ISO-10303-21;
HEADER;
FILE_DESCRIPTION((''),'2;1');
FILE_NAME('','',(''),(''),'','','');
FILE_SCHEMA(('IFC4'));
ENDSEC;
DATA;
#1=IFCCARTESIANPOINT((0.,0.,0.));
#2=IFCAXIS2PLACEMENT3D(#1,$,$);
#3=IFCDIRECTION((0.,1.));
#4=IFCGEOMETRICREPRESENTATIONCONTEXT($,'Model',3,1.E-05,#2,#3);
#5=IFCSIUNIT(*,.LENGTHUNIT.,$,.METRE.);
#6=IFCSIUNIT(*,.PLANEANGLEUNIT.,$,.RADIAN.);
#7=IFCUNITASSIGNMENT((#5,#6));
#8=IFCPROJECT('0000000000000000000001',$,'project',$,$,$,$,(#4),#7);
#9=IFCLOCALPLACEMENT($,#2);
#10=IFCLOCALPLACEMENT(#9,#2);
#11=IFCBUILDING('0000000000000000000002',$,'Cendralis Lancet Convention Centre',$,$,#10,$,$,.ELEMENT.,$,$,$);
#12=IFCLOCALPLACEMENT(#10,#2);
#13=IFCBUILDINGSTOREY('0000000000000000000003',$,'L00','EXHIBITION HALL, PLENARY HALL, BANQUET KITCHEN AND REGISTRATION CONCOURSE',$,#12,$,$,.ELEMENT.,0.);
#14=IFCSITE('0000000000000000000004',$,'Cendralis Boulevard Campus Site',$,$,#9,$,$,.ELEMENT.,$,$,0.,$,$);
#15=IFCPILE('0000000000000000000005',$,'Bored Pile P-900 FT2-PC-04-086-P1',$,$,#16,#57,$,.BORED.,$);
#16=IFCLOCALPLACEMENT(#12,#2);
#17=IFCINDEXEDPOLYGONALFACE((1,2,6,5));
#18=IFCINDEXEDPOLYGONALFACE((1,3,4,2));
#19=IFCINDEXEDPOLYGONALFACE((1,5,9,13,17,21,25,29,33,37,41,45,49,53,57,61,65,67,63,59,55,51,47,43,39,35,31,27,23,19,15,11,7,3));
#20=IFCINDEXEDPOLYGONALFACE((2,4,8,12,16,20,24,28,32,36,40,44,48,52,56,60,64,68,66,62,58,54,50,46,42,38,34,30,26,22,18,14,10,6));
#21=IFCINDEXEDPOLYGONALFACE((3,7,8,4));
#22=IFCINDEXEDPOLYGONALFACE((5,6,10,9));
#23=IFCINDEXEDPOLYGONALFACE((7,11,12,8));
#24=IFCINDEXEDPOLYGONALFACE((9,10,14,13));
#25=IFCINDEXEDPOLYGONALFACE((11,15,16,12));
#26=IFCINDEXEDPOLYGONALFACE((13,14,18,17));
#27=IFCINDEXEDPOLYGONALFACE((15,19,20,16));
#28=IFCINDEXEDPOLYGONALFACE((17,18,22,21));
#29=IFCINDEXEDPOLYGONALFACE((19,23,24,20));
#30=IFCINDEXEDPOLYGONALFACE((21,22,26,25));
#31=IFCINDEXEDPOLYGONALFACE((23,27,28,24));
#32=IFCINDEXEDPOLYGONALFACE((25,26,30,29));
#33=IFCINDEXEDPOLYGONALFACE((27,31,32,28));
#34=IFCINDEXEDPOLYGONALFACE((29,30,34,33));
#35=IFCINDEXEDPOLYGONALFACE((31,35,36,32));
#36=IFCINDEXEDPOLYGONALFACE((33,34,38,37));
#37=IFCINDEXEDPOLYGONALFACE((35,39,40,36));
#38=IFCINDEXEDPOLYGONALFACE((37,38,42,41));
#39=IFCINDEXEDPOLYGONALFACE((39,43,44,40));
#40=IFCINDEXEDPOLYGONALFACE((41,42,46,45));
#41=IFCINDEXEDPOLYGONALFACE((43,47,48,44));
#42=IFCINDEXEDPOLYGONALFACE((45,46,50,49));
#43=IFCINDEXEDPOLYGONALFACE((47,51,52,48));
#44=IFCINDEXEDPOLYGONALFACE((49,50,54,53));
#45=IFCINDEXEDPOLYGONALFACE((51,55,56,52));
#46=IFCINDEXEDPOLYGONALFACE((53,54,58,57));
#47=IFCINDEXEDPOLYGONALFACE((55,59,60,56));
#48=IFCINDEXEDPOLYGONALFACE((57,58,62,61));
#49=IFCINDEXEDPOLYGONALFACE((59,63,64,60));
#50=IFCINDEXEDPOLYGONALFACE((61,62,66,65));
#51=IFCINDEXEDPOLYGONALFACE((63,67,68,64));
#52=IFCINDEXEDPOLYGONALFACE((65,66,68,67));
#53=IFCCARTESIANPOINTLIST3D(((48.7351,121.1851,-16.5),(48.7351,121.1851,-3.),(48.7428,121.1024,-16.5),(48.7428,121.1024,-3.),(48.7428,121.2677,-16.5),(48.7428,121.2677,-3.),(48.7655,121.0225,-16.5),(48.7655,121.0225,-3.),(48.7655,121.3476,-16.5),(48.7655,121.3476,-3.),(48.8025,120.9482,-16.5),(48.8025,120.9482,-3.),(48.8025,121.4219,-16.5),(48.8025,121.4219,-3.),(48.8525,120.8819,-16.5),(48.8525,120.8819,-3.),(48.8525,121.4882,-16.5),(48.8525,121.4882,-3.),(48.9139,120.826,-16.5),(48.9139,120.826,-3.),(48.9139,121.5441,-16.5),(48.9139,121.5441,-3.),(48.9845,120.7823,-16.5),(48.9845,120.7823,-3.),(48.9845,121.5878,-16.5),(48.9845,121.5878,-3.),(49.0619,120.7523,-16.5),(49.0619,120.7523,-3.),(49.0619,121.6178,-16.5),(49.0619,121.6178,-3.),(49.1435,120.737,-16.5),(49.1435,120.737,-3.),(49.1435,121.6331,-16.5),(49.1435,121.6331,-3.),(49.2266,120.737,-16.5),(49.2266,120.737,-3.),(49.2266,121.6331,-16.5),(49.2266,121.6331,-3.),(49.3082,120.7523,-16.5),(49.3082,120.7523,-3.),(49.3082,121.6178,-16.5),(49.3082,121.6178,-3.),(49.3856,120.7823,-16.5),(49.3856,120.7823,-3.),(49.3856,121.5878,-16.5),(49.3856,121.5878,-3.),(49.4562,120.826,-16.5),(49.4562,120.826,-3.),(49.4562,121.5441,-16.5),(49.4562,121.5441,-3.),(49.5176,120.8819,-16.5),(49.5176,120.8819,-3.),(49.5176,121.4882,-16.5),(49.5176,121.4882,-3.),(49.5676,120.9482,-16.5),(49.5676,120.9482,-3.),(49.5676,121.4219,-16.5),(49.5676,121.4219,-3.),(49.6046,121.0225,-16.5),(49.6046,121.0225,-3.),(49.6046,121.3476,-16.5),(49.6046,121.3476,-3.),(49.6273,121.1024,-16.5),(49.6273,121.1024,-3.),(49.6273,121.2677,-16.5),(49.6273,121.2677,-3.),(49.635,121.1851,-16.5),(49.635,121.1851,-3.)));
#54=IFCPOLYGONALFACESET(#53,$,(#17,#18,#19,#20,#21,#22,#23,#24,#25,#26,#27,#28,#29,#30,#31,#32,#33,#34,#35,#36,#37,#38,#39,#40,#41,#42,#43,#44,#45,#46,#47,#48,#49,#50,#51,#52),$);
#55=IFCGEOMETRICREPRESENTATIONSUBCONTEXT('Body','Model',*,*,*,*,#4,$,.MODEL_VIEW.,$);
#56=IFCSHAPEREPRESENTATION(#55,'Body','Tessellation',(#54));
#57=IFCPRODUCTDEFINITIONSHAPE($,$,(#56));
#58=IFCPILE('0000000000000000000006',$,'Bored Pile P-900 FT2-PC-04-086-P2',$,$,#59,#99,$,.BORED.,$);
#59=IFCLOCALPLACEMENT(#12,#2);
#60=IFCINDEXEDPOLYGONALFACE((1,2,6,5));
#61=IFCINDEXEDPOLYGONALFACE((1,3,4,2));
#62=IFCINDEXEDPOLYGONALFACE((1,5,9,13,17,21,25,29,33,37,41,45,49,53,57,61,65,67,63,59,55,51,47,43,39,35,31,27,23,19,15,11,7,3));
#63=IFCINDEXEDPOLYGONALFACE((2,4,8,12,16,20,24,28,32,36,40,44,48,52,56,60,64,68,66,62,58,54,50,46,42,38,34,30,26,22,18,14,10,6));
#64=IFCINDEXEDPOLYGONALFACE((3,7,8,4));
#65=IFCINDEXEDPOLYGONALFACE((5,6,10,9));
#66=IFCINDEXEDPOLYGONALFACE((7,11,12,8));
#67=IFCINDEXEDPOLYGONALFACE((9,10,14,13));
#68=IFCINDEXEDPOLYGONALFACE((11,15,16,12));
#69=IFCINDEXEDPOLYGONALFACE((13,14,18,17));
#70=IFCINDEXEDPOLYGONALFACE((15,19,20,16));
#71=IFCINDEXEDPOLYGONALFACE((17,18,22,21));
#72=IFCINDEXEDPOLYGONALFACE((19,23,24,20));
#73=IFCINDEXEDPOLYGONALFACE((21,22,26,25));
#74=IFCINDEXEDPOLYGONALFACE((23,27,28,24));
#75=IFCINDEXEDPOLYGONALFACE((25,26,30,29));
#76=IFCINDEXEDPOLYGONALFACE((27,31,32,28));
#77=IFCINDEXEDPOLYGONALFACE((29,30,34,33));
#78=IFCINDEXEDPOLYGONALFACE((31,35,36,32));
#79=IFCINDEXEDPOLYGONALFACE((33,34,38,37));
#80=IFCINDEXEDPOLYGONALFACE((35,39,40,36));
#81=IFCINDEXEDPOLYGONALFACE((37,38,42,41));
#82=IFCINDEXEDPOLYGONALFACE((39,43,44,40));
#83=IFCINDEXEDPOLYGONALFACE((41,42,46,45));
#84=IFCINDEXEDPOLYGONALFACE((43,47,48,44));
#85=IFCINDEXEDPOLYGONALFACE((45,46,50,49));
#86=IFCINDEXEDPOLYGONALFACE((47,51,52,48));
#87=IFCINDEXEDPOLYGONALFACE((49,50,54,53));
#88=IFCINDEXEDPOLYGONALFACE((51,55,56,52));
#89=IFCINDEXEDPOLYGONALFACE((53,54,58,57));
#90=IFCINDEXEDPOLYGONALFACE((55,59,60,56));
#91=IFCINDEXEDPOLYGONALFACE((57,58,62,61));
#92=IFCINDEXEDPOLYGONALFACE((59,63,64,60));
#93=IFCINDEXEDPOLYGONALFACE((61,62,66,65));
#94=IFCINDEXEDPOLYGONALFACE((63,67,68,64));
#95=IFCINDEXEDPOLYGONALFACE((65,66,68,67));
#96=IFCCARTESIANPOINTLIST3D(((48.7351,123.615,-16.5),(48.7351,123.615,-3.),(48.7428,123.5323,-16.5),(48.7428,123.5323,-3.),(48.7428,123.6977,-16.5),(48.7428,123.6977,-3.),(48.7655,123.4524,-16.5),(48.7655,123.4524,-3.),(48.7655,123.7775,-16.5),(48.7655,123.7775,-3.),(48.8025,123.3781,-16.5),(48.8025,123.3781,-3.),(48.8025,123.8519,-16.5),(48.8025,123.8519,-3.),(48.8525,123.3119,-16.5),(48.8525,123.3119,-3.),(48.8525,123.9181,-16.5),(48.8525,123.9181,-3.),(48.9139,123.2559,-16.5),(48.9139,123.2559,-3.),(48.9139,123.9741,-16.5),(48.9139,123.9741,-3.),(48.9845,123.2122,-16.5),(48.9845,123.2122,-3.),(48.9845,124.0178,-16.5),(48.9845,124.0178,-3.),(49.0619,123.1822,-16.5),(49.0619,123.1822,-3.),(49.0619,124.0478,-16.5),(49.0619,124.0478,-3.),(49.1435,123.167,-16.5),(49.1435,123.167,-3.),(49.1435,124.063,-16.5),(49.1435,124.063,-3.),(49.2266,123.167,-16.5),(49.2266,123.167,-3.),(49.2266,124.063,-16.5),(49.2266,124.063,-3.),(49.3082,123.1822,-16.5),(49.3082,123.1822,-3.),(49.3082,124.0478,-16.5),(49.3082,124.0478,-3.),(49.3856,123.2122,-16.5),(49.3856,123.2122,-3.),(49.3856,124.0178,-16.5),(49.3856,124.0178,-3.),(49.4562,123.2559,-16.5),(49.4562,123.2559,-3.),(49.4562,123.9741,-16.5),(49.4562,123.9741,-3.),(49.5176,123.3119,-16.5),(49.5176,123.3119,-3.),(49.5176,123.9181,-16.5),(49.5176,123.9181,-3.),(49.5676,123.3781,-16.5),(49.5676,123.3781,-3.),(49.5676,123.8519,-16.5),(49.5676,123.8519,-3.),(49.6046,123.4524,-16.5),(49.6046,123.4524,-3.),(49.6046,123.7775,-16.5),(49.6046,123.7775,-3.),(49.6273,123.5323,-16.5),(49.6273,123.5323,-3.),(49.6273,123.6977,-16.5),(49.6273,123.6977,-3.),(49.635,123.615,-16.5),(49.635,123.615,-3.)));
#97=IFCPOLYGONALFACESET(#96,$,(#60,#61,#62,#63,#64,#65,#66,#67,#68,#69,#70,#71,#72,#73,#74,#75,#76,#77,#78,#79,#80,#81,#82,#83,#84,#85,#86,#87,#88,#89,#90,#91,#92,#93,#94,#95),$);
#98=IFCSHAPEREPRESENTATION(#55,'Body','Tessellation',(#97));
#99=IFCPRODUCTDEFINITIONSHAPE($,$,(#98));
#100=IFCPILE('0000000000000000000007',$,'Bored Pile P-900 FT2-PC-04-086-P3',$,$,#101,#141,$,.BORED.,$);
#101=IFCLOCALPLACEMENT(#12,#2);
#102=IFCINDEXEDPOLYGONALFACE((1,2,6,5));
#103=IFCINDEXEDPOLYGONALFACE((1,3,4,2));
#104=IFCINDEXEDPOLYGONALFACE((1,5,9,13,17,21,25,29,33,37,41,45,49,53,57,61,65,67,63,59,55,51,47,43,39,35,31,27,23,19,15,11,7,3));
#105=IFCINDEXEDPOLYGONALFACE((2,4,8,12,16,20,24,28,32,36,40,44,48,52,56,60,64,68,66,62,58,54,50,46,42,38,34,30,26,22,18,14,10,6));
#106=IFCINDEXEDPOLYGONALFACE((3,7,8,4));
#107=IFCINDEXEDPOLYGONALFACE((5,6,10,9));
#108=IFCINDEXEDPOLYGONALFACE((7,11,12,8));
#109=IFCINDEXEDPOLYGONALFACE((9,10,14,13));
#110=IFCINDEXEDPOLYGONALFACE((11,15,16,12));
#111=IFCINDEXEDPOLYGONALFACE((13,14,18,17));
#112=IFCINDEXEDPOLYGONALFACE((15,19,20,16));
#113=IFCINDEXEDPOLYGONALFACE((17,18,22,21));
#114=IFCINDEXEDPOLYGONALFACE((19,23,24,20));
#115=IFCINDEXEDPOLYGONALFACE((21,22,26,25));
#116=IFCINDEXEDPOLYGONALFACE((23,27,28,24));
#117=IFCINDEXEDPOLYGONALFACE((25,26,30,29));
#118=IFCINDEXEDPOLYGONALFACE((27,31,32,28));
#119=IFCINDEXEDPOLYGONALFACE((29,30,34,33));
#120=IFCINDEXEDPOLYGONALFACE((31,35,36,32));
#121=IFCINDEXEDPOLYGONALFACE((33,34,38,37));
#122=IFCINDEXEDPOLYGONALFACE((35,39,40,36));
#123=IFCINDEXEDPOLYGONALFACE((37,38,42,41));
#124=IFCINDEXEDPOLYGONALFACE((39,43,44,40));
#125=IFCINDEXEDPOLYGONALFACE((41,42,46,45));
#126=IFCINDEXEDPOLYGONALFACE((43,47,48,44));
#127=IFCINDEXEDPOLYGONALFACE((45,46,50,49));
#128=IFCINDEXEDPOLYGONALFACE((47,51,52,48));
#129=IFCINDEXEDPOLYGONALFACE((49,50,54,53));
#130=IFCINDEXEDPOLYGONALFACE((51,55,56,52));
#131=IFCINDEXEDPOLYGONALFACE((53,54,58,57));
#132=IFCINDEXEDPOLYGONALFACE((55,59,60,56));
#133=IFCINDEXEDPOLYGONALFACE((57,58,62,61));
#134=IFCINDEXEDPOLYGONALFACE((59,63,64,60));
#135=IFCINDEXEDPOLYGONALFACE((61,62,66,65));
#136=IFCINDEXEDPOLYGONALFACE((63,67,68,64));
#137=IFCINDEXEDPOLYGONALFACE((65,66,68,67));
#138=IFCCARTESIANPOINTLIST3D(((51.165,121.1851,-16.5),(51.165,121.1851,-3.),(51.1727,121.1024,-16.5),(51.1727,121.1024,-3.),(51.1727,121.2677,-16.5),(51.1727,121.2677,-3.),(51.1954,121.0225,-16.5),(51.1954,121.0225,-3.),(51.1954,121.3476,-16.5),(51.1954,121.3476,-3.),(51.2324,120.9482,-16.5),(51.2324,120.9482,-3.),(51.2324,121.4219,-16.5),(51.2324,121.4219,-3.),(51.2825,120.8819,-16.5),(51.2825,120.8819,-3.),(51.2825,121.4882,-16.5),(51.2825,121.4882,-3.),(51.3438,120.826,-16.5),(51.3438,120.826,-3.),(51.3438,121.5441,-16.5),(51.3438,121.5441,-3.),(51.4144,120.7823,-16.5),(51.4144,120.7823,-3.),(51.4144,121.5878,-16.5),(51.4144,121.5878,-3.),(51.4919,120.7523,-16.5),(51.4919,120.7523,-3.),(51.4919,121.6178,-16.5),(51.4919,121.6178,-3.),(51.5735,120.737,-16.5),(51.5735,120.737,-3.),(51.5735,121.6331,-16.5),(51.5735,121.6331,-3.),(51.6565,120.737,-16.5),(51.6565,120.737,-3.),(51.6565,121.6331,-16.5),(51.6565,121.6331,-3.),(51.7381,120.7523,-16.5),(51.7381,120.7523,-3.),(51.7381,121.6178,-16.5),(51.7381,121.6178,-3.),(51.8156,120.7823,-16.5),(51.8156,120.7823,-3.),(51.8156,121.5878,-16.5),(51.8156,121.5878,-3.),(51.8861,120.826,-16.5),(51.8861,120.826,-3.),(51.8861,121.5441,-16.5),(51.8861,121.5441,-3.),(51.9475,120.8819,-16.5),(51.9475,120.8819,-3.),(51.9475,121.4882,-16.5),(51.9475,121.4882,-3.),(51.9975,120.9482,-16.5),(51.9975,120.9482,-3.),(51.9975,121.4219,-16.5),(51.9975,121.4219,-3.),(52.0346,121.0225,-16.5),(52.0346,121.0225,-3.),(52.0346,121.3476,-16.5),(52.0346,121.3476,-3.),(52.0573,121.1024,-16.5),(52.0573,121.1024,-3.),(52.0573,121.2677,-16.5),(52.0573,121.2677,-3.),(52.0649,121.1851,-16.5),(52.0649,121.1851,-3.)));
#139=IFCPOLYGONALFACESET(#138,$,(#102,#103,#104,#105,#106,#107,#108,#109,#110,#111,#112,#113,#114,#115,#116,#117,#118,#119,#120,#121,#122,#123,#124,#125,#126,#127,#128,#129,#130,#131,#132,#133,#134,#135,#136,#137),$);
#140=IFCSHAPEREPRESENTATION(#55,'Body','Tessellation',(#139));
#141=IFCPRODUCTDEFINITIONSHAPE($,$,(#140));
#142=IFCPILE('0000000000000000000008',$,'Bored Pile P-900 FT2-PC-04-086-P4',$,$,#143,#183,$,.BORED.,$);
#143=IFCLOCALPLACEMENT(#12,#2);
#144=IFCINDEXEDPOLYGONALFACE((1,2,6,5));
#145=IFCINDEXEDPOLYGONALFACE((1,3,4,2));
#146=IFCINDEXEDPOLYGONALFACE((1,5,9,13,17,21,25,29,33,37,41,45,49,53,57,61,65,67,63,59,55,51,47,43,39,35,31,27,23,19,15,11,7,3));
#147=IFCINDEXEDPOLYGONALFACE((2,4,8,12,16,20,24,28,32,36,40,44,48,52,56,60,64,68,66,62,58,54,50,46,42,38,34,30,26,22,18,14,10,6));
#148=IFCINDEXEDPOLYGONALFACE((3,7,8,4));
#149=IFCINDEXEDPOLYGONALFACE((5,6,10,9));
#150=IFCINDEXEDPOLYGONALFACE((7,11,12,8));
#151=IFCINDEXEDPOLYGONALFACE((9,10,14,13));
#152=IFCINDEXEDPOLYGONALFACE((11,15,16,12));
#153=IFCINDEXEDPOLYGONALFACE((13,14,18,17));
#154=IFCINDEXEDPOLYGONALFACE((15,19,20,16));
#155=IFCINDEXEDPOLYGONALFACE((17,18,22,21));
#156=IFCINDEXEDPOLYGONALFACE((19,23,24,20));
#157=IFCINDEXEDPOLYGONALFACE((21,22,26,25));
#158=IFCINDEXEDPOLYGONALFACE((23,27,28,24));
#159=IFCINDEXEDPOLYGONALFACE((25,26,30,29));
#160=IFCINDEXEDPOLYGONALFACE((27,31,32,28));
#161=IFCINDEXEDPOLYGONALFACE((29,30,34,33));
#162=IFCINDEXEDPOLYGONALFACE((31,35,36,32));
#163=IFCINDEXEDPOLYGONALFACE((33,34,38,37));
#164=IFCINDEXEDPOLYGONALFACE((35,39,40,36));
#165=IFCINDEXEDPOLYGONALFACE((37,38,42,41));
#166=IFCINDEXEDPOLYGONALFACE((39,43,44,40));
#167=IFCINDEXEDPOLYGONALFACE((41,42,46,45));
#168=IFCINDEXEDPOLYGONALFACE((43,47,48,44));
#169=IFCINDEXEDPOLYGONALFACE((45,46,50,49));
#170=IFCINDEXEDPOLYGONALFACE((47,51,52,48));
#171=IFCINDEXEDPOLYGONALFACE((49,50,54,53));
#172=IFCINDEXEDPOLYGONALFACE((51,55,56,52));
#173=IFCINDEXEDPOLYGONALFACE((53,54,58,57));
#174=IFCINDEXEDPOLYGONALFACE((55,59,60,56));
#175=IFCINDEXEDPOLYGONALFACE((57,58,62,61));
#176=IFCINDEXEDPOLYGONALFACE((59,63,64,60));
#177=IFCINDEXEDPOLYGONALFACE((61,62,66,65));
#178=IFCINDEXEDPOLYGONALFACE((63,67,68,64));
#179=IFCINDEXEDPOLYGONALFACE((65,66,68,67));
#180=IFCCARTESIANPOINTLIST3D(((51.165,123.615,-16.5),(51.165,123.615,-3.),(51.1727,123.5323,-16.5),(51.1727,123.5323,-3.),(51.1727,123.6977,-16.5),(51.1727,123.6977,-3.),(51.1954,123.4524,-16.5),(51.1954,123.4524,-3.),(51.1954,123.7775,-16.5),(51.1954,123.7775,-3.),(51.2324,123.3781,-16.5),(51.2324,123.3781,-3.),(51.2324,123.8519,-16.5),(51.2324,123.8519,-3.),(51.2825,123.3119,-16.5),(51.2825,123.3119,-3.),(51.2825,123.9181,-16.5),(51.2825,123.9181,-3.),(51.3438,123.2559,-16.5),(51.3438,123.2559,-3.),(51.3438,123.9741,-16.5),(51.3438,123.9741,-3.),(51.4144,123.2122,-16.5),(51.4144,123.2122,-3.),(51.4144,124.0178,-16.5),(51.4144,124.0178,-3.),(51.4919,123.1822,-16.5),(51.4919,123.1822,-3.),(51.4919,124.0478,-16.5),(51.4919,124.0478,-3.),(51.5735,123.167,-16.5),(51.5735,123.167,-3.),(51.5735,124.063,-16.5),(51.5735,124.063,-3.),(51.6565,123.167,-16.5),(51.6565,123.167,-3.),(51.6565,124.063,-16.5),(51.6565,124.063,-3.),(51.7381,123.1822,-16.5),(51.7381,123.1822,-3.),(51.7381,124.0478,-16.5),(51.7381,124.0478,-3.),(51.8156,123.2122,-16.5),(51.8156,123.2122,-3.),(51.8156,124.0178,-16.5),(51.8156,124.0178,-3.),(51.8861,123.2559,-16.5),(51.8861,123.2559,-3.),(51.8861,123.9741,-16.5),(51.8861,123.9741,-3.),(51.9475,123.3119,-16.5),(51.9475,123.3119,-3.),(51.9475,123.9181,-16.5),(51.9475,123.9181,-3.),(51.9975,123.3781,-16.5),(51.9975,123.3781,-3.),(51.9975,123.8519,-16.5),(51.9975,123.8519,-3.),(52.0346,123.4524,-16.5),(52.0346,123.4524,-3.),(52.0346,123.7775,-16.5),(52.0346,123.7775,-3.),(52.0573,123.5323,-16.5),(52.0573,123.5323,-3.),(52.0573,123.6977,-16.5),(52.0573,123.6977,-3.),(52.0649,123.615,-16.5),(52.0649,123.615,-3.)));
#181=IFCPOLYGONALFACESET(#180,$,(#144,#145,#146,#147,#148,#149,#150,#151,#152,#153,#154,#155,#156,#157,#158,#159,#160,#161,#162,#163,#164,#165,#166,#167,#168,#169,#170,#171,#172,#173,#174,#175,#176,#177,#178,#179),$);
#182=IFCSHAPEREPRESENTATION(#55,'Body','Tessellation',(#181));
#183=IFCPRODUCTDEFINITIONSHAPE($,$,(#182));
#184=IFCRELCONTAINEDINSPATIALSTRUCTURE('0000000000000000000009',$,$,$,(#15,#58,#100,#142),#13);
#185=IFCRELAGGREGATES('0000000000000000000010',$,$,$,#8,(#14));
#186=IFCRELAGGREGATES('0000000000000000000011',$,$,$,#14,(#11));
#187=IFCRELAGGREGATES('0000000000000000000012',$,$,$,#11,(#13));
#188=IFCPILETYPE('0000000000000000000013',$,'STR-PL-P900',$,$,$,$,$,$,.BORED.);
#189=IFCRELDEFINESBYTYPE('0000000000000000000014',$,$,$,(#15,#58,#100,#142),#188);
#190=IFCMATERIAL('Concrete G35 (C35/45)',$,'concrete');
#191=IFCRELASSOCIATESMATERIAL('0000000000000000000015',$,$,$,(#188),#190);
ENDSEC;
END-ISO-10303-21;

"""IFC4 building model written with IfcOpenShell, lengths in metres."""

from ifc_helpers import new_model, si_unit, direction, frame, origin, origin_2d, place, context, subcontext, project, spatial, circle, extrude, material, material_profile, profile_set, type_object, element, save


model = new_model("IFC4")

# Units and contexts
model_context = context("Model", 3, precision=1e-05, world=origin(), true_north=direction((0.0, 1.0)))
body_context = subcontext(model_context, "Body", "Model", "MODEL_VIEW")
ifc_project = project(units=[si_unit("LENGTHUNIT", "METRE"), si_unit("PLANEANGLEUNIT", "RADIAN")], contexts=[model_context])

# Site, building, storey
site_placement = place(None, origin())
site = spatial("IfcSite", under=ifc_project, at=site_placement, Name="Cendralis Boulevard Campus Site", CompositionType="ELEMENT", RefElevation=0.0)
building_placement = place(site_placement, origin())
building = spatial("IfcBuilding", under=site, at=building_placement, Name="Cendralis Lancet Convention Centre", CompositionType="ELEMENT")
storey_placement = place(building_placement, origin())
storey = spatial("IfcBuildingStorey", under=building, at=storey_placement, Name="L00", Description="EXHIBITION HALL, PLENARY HALL, BANQUET KITCHEN AND REGISTRATION CONCOURSE", CompositionType="ELEMENT", Elevation=0.0)

# Shared definitions
ifc_material_1 = material(Name="Concrete G35 (C35/45)", Category="concrete")

# Piles
ifc_material_profile_1 = material_profile(ifc_material_1, circle(Radius=0.45, at=origin_2d()), Name="BORED PILE D900")
ifc_profile_set_1 = profile_set([ifc_material_profile_1], Name="Concrete G35 (C35/45)")
pile_type = type_object("IfcPileType", Name="STR-PL-P900", PredefinedType="BORED", material=ifc_profile_set_1)
for number, where, z_axis, x_axis, name in (
    (1, (49.1851, 121.1851, -3.0), (0.0, 0.0, -1.0), (1.0, 0.0, 0.0), "Bored Pile P-900 FT2-PC-04-086-P1"),
    (2, (49.1851, 123.615, -3.0), (0.0, 0.0, -1.0), (1.0, 0.0, 0.0), "Bored Pile P-900 FT2-PC-04-086-P2"),
    (3, (51.615, 121.1851, -3.0), (0.0, 0.0, -1.0), (1.0, 0.0, 0.0), "Bored Pile P-900 FT2-PC-04-086-P3"),
    (4, (51.615, 123.615, -3.0), (0.0, 0.0, -1.0), (1.0, 0.0, 0.0), "Bored Pile P-900 FT2-PC-04-086-P4"),
):
    element("IfcPile", number, at=place(storey_placement, frame(where, z_axis=z_axis, x_axis=x_axis)), inside=storey, type_object=pile_type, Name=name, PredefinedType="BORED", context=body_context, shape_type="SweptSolid", body=[
        extrude(circle(Radius=0.45, at=origin_2d()), origin(), (0.0, 0.0, 1.0), 13.5),
    ])

save(model, "model.ifc")
